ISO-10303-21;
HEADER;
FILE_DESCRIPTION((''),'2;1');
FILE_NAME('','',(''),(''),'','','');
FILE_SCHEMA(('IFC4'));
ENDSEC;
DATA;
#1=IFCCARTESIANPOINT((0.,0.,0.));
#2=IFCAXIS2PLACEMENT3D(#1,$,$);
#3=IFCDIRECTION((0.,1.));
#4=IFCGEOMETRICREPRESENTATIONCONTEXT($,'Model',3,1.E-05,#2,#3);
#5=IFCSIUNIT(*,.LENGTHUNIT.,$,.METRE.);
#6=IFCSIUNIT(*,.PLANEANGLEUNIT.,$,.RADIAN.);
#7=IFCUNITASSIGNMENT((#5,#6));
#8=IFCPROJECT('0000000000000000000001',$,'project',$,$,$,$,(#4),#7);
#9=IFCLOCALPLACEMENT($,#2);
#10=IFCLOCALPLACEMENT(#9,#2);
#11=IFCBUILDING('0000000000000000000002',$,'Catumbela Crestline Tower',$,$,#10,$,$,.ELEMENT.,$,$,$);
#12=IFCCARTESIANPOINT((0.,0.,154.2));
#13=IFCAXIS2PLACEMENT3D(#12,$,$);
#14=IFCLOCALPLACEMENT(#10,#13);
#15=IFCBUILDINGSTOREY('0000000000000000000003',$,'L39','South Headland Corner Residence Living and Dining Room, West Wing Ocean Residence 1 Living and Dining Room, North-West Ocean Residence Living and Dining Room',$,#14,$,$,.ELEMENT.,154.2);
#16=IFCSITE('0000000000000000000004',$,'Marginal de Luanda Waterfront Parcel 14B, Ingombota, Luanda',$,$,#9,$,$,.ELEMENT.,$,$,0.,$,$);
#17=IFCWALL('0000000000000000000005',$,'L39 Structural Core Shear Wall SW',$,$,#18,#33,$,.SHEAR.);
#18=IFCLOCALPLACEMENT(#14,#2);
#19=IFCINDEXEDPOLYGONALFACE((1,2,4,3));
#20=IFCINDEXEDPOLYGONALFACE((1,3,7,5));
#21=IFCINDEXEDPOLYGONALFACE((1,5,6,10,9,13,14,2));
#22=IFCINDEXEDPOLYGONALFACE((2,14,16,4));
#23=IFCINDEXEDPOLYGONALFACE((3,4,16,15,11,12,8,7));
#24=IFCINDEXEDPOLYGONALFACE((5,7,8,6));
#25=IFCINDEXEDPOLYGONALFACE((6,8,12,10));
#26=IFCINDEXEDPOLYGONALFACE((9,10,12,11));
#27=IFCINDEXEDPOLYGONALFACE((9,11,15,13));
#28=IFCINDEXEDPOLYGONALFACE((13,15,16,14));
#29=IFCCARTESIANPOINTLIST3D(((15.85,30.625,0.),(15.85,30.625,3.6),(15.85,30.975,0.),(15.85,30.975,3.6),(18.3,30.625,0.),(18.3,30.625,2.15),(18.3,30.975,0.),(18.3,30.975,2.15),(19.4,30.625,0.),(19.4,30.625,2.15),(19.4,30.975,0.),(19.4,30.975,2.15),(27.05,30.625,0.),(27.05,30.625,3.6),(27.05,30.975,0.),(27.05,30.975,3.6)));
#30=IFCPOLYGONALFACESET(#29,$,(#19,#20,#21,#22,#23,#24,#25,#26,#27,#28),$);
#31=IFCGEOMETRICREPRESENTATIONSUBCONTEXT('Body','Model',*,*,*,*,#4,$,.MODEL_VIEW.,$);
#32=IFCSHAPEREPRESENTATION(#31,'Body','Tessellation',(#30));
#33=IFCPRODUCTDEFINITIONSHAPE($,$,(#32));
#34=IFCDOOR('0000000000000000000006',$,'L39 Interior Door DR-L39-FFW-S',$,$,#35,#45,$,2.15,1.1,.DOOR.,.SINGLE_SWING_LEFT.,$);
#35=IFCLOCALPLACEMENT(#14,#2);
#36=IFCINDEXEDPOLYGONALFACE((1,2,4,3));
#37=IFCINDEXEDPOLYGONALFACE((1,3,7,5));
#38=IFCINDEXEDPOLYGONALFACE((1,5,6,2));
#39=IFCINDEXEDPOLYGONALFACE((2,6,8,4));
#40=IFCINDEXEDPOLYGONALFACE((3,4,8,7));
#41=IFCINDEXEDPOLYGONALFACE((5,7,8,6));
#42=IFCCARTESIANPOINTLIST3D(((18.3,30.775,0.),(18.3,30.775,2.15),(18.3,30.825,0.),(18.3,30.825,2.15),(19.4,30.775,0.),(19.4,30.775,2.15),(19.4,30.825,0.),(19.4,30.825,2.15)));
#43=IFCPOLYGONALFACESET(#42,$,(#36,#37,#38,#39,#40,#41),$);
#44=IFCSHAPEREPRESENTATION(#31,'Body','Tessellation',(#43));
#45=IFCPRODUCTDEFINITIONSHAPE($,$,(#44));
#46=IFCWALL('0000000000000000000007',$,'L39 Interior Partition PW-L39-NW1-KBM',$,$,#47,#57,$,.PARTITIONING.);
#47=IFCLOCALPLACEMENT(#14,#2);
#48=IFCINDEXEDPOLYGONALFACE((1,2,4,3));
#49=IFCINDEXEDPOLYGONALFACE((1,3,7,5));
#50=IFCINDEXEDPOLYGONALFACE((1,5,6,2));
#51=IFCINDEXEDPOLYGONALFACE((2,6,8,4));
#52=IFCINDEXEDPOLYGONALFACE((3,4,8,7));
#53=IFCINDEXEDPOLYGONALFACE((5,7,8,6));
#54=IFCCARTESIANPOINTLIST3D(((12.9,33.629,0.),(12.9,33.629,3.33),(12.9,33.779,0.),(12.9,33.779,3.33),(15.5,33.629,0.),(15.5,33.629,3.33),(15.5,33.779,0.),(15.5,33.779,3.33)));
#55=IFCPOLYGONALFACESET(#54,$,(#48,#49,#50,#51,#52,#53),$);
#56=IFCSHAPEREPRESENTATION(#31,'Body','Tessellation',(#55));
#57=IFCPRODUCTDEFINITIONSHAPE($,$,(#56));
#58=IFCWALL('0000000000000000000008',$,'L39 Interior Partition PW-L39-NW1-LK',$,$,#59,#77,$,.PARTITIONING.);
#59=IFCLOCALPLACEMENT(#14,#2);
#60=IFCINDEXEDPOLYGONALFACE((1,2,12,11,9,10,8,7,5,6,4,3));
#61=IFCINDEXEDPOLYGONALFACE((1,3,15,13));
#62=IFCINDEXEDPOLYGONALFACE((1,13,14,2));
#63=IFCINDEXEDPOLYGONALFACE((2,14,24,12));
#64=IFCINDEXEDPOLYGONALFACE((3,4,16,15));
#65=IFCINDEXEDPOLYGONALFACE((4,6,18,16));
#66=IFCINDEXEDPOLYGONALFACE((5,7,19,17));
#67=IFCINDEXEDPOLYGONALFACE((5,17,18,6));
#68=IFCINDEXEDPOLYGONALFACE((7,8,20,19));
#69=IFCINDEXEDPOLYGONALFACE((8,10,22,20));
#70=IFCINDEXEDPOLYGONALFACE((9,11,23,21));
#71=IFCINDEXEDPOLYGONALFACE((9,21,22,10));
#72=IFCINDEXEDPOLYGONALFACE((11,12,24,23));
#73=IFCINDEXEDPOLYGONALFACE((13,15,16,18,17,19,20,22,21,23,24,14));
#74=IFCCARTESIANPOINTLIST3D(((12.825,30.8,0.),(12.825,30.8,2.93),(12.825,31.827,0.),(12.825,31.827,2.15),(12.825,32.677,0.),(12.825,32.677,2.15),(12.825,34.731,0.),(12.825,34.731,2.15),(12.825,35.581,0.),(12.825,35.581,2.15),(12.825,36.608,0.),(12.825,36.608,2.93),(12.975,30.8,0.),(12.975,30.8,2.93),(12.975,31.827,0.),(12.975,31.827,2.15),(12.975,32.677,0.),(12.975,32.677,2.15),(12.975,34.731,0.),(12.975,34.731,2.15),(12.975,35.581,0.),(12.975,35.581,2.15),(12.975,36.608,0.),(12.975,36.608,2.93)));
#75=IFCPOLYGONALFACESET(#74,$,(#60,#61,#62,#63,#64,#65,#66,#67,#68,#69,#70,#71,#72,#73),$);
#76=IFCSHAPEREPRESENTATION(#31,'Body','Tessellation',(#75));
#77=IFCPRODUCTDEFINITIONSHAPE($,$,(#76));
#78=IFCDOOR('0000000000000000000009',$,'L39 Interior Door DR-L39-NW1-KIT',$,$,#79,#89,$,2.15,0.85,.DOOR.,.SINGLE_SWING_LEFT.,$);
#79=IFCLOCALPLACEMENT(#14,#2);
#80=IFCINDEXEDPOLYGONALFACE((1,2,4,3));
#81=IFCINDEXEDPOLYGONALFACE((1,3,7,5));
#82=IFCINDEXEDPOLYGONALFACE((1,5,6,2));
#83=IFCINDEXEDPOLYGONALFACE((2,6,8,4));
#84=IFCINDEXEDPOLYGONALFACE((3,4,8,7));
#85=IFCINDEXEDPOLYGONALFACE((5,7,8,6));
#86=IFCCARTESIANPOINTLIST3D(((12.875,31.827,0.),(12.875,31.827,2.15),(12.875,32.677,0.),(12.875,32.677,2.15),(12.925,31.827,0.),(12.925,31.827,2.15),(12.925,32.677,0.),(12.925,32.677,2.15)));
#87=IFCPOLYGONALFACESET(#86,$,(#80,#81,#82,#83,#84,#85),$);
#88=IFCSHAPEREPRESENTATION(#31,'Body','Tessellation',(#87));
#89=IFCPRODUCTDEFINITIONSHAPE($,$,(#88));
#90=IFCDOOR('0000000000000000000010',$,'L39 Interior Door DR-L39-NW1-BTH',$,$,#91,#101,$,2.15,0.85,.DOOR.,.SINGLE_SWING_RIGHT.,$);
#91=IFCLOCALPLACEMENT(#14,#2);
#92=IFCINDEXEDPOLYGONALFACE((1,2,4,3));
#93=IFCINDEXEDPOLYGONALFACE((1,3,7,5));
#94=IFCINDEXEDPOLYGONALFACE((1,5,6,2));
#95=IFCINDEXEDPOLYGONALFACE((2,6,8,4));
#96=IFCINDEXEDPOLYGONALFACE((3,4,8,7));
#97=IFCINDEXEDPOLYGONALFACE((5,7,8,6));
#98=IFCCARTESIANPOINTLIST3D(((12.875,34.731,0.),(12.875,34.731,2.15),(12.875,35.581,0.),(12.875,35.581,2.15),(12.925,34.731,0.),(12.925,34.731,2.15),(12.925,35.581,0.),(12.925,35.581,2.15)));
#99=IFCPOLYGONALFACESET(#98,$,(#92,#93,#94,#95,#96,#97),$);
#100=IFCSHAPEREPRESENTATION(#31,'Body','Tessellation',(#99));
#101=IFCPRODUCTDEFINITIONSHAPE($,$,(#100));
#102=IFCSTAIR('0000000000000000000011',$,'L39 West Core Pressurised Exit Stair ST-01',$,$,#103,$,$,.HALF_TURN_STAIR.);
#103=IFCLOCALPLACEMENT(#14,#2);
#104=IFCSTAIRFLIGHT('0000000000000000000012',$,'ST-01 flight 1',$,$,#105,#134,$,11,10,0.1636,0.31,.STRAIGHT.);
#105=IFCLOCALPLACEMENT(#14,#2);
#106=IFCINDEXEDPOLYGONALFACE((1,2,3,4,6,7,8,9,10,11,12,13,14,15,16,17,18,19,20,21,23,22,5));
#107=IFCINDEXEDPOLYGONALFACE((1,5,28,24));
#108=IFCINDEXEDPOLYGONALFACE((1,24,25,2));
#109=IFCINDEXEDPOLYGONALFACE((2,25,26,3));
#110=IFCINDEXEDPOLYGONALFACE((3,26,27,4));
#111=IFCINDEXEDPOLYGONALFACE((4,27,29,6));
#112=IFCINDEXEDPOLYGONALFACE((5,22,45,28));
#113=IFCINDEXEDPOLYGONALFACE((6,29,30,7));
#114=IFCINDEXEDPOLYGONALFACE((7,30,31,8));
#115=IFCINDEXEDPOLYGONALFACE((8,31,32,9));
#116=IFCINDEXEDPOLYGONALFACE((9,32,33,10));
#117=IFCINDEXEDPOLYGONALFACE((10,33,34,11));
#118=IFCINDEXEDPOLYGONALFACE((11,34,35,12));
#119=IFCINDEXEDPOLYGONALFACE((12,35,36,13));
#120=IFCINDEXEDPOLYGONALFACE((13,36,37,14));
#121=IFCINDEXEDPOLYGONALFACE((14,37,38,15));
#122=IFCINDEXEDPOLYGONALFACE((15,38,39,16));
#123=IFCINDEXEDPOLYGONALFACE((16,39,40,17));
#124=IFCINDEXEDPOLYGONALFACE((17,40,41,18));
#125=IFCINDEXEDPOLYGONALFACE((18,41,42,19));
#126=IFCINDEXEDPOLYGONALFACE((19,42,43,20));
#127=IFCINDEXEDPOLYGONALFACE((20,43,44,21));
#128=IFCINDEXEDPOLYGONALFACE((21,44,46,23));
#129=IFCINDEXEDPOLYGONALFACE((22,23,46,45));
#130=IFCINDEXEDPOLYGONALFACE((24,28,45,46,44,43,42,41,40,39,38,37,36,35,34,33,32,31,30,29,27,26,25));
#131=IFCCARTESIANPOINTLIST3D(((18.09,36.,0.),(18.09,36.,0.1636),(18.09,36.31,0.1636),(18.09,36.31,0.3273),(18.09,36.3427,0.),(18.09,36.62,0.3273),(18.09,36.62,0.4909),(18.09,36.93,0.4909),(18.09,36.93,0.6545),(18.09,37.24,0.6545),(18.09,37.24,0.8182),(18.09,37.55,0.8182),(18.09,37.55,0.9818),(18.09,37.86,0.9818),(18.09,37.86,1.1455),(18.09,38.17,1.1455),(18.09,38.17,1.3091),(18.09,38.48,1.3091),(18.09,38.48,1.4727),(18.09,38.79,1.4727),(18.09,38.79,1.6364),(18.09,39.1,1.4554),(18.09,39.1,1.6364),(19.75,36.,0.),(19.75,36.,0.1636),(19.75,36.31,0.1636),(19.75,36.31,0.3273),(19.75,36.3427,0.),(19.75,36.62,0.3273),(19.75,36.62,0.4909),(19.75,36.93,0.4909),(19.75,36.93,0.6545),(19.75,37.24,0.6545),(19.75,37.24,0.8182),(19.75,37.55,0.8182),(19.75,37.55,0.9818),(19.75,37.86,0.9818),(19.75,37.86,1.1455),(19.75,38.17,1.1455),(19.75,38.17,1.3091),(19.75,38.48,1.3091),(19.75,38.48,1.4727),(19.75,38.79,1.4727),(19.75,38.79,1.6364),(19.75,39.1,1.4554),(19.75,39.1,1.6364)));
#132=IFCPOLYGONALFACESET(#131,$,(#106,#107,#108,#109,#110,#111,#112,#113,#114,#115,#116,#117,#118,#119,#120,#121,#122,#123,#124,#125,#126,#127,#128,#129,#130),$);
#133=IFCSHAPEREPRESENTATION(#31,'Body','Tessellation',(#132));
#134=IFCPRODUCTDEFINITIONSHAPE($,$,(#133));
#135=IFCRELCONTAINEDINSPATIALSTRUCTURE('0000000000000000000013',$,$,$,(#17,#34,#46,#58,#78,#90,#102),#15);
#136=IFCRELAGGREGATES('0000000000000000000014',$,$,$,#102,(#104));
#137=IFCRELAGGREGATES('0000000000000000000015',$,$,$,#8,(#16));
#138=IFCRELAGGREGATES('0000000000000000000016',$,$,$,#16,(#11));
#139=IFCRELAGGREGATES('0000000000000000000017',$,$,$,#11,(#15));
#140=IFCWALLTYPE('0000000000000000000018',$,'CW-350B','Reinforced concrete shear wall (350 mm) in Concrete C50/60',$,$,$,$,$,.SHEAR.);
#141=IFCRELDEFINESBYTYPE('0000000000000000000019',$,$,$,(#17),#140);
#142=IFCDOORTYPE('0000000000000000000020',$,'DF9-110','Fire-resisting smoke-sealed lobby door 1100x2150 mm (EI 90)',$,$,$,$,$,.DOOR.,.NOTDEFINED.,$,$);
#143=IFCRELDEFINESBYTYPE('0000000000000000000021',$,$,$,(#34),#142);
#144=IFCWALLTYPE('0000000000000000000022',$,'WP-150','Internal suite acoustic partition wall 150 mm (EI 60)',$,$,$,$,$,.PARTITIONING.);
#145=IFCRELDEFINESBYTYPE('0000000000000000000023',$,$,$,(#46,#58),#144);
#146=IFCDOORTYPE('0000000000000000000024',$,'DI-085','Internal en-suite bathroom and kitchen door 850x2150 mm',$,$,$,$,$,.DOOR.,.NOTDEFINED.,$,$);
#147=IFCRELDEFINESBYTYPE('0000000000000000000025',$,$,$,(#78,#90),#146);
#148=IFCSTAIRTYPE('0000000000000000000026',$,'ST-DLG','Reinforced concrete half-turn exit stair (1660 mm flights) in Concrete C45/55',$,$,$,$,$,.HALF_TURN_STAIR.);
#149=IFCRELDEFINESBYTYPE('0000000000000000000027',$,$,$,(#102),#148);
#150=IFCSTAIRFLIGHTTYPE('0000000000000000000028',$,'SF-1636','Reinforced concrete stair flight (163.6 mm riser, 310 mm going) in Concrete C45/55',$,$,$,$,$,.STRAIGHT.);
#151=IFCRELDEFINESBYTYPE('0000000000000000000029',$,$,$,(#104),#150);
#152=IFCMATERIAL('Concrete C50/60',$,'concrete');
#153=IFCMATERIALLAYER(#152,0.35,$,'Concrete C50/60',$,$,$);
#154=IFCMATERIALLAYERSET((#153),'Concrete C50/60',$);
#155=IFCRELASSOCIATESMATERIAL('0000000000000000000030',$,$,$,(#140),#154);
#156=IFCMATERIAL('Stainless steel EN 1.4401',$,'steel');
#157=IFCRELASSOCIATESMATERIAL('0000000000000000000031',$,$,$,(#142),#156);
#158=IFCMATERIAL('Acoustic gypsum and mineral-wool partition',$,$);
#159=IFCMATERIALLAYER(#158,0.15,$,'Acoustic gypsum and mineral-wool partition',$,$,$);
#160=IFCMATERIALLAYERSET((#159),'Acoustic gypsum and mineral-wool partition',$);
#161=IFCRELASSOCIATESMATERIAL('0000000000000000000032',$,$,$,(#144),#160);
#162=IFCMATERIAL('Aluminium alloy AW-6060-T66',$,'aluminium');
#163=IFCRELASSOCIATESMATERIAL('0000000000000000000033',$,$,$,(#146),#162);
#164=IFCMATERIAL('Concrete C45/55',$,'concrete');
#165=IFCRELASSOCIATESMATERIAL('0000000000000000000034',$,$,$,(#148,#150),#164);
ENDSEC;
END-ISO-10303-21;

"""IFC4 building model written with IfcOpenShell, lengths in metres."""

from ifc_helpers import new_model, si_unit, direction, frame, frame_2d, origin, place, context, subcontext, project, spatial, polyline, rectangle, outline, extrude, material, layer, layer_set, type_object, element, fill, aggregate, save


model = new_model("IFC4")

# Units and contexts
model_context = context("Model", 3, precision=1e-05, world=origin(), true_north=direction((0.0, 1.0)))
body_context = subcontext(model_context, "Body", "Model", "MODEL_VIEW")
ifc_project = project(units=[si_unit("LENGTHUNIT", "METRE"), si_unit("PLANEANGLEUNIT", "RADIAN")], contexts=[model_context])

# Site, building, storey
site_placement = place(None, origin())
site = spatial("IfcSite", under=ifc_project, at=site_placement, Name="Marginal de Luanda Waterfront Parcel 14B, Ingombota, Luanda", CompositionType="ELEMENT", RefElevation=0.0)
building_placement = place(site_placement, origin())
building = spatial("IfcBuilding", under=site, at=building_placement, Name="Catumbela Crestline Tower", CompositionType="ELEMENT")
storey_placement = place(building_placement, frame((0.0, 0.0, 154.2)))
storey = spatial("IfcBuildingStorey", under=building, at=storey_placement, Name="L39", Description="South Headland Corner Residence Living and Dining Room, West Wing Ocean Residence 1 Living and Dining Room, North-West Ocean Residence Living and Dining Room", CompositionType="ELEMENT", Elevation=154.2)

# Shared definitions
ifc_material_1 = material(Name="Concrete C50/60", Category="concrete")

# Shared definitions
ifc_material_2 = material(Name="Stainless steel EN 1.4401", Category="steel")

# Wall, opening, door
ifc_layer_1 = layer(ifc_material_1, 0.35, Name="Concrete C50/60")
ifc_layer_set_1 = layer_set([ifc_layer_1], Name="Concrete C50/60")
wall_type_1 = type_object("IfcWallType", Name="CW-350B", Description="Reinforced concrete shear wall (350 mm) in Concrete C50/60", PredefinedType="SHEAR", material=ifc_layer_set_1)
wall_1_placement = place(storey_placement, frame((15.85, 30.8, 0.0), z_axis=(0.0, 0.0, 1.0), x_axis=(1.0, 0.0, 0.0)))
wall_1 = element("IfcWall", 1, at=wall_1_placement, inside=storey, type_object=wall_type_1, Name="L39 Structural Core Shear Wall SW", PredefinedType="SHEAR", context=body_context, shape_type="SweptSolid", body=[
    extrude(rectangle(XDim=11.2, YDim=0.35, at=frame_2d((5.6, 0.0))), origin(), (0.0, 0.0, 1.0), 3.6),
])
opening_1_placement = place(wall_1_placement, frame((2.45, 0.0, 0.0)))
opening_1 = element("IfcOpeningElement", 2, at=opening_1_placement, cuts=wall_1, PredefinedType="OPENING", context=body_context, shape_type="SweptSolid", body=[
    extrude(rectangle(XDim=1.1, YDim=2.15, at=frame_2d((0.55, 1.075))), frame((0.0, 0.185, 0.0), z_axis=(0.0, -1.0, 0.0), x_axis=(1.0, 0.0, 0.0)), (0.0, 0.0, 1.0), 0.37),
])
door_type_1 = type_object("IfcDoorType", Name="DF9-110", Description="Fire-resisting smoke-sealed lobby door 1100x2150 mm (EI 90)", OperationType="NOTDEFINED", PredefinedType="DOOR", material=ifc_material_2)
door_1_placement = place(opening_1_placement, origin())
door_1 = element("IfcDoor", 3, at=door_1_placement, inside=storey, type_object=door_type_1, Name="L39 Interior Door DR-L39-FFW-S", OperationType="SINGLE_SWING_LEFT", OverallHeight=2.15, OverallWidth=1.1, PredefinedType="DOOR", context=body_context, shape_type="SweptSolid", body=[
    extrude(rectangle(XDim=1.1, YDim=2.15, at=frame_2d((0.55, 1.075))), frame((0.0, 0.025, 0.0), z_axis=(0.0, -1.0, 0.0), x_axis=(1.0, 0.0, 0.0)), (0.0, 0.0, 1.0), 0.05),
])
fill(opening_1, door_1)

# Wall
ifc_material_3 = material(Name="Acoustic gypsum and mineral-wool partition")
ifc_layer_2 = layer(ifc_material_3, 0.15, Name="Acoustic gypsum and mineral-wool partition")
ifc_layer_set_2 = layer_set([ifc_layer_2], Name="Acoustic gypsum and mineral-wool partition")
wall_type_2 = type_object("IfcWallType", Name="WP-150", Description="Internal suite acoustic partition wall 150 mm (EI 60)", PredefinedType="PARTITIONING", material=ifc_layer_set_2)
wall_2_placement = place(storey_placement, frame((12.9, 33.704, 0.0), z_axis=(0.0, 0.0, 1.0), x_axis=(1.0, 0.0, 0.0)))
element("IfcWall", 4, at=wall_2_placement, inside=storey, type_object=wall_type_2, Name="L39 Interior Partition PW-L39-NW1-KBM", PredefinedType="PARTITIONING", context=body_context, shape_type="SweptSolid", body=[
    extrude(rectangle(XDim=2.6, YDim=0.15, at=frame_2d((1.3, 0.0))), origin(), (0.0, 0.0, 1.0), 3.33),
])

# Wall, openings, doors
wall_3_placement = place(storey_placement, frame((12.9, 30.8, 0.0), z_axis=(0.0, 0.0, 1.0), x_axis=(0.0, 1.0, 0.0)))
wall_3 = element("IfcWall", 5, at=wall_3_placement, inside=storey, type_object=wall_type_2, Name="L39 Interior Partition PW-L39-NW1-LK", PredefinedType="PARTITIONING", context=body_context, shape_type="SweptSolid", body=[
    extrude(rectangle(XDim=5.808, YDim=0.15, at=frame_2d((2.904, 0.0))), origin(), (0.0, 0.0, 1.0), 2.93),
])
opening_2_placement = place(wall_3_placement, frame((1.027, 0.0, 0.0)))
opening_2 = element("IfcOpeningElement", 6, at=opening_2_placement, cuts=wall_3, PredefinedType="OPENING", context=body_context, shape_type="SweptSolid", body=[
    extrude(rectangle(XDim=0.85, YDim=2.15, at=frame_2d((0.425, 1.075))), frame((0.0, 0.085, 0.0), z_axis=(0.0, -1.0, 0.0), x_axis=(1.0, 0.0, 0.0)), (0.0, 0.0, 1.0), 0.17),
])
opening_3_placement = place(wall_3_placement, frame((3.931, 0.0, 0.0)))
opening_3 = element("IfcOpeningElement", 7, at=opening_3_placement, cuts=wall_3, PredefinedType="OPENING", context=body_context, shape_type="SweptSolid", body=[
    extrude(rectangle(XDim=0.85, YDim=2.15, at=frame_2d((0.425, 1.075))), frame((0.0, 0.085, 0.0), z_axis=(0.0, -1.0, 0.0), x_axis=(1.0, 0.0, 0.0)), (0.0, 0.0, 1.0), 0.17),
])
ifc_material_4 = material(Name="Aluminium alloy AW-6060-T66", Category="aluminium")
door_type_2 = type_object("IfcDoorType", Name="DI-085", Description="Internal en-suite bathroom and kitchen door 850x2150 mm", OperationType="NOTDEFINED", PredefinedType="DOOR", material=ifc_material_4)
door_2_placement = place(opening_2_placement, origin())
door_2 = element("IfcDoor", 8, at=door_2_placement, inside=storey, type_object=door_type_2, Name="L39 Interior Door DR-L39-NW1-KIT", OperationType="SINGLE_SWING_LEFT", OverallHeight=2.15, OverallWidth=0.85, PredefinedType="DOOR", context=body_context, shape_type="SweptSolid", body=[
    extrude(rectangle(XDim=0.85, YDim=2.15, at=frame_2d((0.425, 1.075))), frame((0.0, 0.025, 0.0), z_axis=(0.0, -1.0, 0.0), x_axis=(1.0, 0.0, 0.0)), (0.0, 0.0, 1.0), 0.05),
])
fill(opening_2, door_2)
door_3_placement = place(opening_3_placement, origin())
door_3 = element("IfcDoor", 9, at=door_3_placement, inside=storey, type_object=door_type_2, Name="L39 Interior Door DR-L39-NW1-BTH", OperationType="SINGLE_SWING_RIGHT", OverallHeight=2.15, OverallWidth=0.85, PredefinedType="DOOR", context=body_context, shape_type="SweptSolid", body=[
    extrude(rectangle(XDim=0.85, YDim=2.15, at=frame_2d((0.425, 1.075))), frame((0.0, 0.025, 0.0), z_axis=(0.0, -1.0, 0.0), x_axis=(1.0, 0.0, 0.0)), (0.0, 0.0, 1.0), 0.05),
])
fill(opening_3, door_3)

# Stair, stair flight
ifc_material_5 = material(Name="Concrete C45/55", Category="concrete")
stair_type = type_object("IfcStairType", Name="ST-DLG", Description="Reinforced concrete half-turn exit stair (1660 mm flights) in Concrete C45/55", PredefinedType="HALF_TURN_STAIR", material=ifc_material_5)
stair_placement = place(storey_placement, origin())
stair = element("IfcStair", 10, at=stair_placement, inside=storey, type_object=stair_type, Name="L39 West Core Pressurised Exit Stair ST-01", PredefinedType="HALF_TURN_STAIR")
stair_flight_type = type_object("IfcStairFlightType", Name="SF-1636", Description="Reinforced concrete stair flight (163.6 mm riser, 310 mm going) in Concrete C45/55", PredefinedType="STRAIGHT", material=ifc_material_5)
stair_flight_placement = place(storey_placement, frame((18.92, 36.0, 0.0), z_axis=(0.0, 0.0, 1.0), x_axis=(0.0, 1.0, 0.0)))
stair_flight = element("IfcStairFlight", 11, at=stair_flight_placement, type_object=stair_flight_type, Name="ST-01 flight 1", NumberOfRisers=11, NumberOfTreads=10, PredefinedType="STRAIGHT", RiserHeight=0.1636, TreadLength=0.31, context=body_context, shape_type="SweptSolid", body=[
    extrude(outline(polyline([(0.0, 0.0), (0.0, 0.1636), (0.31, 0.1636), (0.31, 0.3273), (0.62, 0.3273), (0.62, 0.4909), (0.93, 0.4909), (0.93, 0.6545), (1.24, 0.6545), (1.24, 0.8182), (1.55, 0.8182), (1.55, 0.9818), (1.86, 0.9818), (1.86, 1.1455), (2.17, 1.1455), (2.17, 1.3091), (2.48, 1.3091), (2.48, 1.4727), (2.79, 1.4727), (2.79, 1.6364), (3.1, 1.6364), (3.1, 1.8), (3.1, 1.4554), (0.3427, 0.0), (0.0, 0.0)])), frame((0.0, 0.83, 0.0), z_axis=(0.0, -1.0, 0.0), x_axis=(1.0, 0.0, 0.0)), (0.0, 0.0, 1.0), 1.66),
])
aggregate(stair, [stair_flight])

save(model, "model.ifc")
